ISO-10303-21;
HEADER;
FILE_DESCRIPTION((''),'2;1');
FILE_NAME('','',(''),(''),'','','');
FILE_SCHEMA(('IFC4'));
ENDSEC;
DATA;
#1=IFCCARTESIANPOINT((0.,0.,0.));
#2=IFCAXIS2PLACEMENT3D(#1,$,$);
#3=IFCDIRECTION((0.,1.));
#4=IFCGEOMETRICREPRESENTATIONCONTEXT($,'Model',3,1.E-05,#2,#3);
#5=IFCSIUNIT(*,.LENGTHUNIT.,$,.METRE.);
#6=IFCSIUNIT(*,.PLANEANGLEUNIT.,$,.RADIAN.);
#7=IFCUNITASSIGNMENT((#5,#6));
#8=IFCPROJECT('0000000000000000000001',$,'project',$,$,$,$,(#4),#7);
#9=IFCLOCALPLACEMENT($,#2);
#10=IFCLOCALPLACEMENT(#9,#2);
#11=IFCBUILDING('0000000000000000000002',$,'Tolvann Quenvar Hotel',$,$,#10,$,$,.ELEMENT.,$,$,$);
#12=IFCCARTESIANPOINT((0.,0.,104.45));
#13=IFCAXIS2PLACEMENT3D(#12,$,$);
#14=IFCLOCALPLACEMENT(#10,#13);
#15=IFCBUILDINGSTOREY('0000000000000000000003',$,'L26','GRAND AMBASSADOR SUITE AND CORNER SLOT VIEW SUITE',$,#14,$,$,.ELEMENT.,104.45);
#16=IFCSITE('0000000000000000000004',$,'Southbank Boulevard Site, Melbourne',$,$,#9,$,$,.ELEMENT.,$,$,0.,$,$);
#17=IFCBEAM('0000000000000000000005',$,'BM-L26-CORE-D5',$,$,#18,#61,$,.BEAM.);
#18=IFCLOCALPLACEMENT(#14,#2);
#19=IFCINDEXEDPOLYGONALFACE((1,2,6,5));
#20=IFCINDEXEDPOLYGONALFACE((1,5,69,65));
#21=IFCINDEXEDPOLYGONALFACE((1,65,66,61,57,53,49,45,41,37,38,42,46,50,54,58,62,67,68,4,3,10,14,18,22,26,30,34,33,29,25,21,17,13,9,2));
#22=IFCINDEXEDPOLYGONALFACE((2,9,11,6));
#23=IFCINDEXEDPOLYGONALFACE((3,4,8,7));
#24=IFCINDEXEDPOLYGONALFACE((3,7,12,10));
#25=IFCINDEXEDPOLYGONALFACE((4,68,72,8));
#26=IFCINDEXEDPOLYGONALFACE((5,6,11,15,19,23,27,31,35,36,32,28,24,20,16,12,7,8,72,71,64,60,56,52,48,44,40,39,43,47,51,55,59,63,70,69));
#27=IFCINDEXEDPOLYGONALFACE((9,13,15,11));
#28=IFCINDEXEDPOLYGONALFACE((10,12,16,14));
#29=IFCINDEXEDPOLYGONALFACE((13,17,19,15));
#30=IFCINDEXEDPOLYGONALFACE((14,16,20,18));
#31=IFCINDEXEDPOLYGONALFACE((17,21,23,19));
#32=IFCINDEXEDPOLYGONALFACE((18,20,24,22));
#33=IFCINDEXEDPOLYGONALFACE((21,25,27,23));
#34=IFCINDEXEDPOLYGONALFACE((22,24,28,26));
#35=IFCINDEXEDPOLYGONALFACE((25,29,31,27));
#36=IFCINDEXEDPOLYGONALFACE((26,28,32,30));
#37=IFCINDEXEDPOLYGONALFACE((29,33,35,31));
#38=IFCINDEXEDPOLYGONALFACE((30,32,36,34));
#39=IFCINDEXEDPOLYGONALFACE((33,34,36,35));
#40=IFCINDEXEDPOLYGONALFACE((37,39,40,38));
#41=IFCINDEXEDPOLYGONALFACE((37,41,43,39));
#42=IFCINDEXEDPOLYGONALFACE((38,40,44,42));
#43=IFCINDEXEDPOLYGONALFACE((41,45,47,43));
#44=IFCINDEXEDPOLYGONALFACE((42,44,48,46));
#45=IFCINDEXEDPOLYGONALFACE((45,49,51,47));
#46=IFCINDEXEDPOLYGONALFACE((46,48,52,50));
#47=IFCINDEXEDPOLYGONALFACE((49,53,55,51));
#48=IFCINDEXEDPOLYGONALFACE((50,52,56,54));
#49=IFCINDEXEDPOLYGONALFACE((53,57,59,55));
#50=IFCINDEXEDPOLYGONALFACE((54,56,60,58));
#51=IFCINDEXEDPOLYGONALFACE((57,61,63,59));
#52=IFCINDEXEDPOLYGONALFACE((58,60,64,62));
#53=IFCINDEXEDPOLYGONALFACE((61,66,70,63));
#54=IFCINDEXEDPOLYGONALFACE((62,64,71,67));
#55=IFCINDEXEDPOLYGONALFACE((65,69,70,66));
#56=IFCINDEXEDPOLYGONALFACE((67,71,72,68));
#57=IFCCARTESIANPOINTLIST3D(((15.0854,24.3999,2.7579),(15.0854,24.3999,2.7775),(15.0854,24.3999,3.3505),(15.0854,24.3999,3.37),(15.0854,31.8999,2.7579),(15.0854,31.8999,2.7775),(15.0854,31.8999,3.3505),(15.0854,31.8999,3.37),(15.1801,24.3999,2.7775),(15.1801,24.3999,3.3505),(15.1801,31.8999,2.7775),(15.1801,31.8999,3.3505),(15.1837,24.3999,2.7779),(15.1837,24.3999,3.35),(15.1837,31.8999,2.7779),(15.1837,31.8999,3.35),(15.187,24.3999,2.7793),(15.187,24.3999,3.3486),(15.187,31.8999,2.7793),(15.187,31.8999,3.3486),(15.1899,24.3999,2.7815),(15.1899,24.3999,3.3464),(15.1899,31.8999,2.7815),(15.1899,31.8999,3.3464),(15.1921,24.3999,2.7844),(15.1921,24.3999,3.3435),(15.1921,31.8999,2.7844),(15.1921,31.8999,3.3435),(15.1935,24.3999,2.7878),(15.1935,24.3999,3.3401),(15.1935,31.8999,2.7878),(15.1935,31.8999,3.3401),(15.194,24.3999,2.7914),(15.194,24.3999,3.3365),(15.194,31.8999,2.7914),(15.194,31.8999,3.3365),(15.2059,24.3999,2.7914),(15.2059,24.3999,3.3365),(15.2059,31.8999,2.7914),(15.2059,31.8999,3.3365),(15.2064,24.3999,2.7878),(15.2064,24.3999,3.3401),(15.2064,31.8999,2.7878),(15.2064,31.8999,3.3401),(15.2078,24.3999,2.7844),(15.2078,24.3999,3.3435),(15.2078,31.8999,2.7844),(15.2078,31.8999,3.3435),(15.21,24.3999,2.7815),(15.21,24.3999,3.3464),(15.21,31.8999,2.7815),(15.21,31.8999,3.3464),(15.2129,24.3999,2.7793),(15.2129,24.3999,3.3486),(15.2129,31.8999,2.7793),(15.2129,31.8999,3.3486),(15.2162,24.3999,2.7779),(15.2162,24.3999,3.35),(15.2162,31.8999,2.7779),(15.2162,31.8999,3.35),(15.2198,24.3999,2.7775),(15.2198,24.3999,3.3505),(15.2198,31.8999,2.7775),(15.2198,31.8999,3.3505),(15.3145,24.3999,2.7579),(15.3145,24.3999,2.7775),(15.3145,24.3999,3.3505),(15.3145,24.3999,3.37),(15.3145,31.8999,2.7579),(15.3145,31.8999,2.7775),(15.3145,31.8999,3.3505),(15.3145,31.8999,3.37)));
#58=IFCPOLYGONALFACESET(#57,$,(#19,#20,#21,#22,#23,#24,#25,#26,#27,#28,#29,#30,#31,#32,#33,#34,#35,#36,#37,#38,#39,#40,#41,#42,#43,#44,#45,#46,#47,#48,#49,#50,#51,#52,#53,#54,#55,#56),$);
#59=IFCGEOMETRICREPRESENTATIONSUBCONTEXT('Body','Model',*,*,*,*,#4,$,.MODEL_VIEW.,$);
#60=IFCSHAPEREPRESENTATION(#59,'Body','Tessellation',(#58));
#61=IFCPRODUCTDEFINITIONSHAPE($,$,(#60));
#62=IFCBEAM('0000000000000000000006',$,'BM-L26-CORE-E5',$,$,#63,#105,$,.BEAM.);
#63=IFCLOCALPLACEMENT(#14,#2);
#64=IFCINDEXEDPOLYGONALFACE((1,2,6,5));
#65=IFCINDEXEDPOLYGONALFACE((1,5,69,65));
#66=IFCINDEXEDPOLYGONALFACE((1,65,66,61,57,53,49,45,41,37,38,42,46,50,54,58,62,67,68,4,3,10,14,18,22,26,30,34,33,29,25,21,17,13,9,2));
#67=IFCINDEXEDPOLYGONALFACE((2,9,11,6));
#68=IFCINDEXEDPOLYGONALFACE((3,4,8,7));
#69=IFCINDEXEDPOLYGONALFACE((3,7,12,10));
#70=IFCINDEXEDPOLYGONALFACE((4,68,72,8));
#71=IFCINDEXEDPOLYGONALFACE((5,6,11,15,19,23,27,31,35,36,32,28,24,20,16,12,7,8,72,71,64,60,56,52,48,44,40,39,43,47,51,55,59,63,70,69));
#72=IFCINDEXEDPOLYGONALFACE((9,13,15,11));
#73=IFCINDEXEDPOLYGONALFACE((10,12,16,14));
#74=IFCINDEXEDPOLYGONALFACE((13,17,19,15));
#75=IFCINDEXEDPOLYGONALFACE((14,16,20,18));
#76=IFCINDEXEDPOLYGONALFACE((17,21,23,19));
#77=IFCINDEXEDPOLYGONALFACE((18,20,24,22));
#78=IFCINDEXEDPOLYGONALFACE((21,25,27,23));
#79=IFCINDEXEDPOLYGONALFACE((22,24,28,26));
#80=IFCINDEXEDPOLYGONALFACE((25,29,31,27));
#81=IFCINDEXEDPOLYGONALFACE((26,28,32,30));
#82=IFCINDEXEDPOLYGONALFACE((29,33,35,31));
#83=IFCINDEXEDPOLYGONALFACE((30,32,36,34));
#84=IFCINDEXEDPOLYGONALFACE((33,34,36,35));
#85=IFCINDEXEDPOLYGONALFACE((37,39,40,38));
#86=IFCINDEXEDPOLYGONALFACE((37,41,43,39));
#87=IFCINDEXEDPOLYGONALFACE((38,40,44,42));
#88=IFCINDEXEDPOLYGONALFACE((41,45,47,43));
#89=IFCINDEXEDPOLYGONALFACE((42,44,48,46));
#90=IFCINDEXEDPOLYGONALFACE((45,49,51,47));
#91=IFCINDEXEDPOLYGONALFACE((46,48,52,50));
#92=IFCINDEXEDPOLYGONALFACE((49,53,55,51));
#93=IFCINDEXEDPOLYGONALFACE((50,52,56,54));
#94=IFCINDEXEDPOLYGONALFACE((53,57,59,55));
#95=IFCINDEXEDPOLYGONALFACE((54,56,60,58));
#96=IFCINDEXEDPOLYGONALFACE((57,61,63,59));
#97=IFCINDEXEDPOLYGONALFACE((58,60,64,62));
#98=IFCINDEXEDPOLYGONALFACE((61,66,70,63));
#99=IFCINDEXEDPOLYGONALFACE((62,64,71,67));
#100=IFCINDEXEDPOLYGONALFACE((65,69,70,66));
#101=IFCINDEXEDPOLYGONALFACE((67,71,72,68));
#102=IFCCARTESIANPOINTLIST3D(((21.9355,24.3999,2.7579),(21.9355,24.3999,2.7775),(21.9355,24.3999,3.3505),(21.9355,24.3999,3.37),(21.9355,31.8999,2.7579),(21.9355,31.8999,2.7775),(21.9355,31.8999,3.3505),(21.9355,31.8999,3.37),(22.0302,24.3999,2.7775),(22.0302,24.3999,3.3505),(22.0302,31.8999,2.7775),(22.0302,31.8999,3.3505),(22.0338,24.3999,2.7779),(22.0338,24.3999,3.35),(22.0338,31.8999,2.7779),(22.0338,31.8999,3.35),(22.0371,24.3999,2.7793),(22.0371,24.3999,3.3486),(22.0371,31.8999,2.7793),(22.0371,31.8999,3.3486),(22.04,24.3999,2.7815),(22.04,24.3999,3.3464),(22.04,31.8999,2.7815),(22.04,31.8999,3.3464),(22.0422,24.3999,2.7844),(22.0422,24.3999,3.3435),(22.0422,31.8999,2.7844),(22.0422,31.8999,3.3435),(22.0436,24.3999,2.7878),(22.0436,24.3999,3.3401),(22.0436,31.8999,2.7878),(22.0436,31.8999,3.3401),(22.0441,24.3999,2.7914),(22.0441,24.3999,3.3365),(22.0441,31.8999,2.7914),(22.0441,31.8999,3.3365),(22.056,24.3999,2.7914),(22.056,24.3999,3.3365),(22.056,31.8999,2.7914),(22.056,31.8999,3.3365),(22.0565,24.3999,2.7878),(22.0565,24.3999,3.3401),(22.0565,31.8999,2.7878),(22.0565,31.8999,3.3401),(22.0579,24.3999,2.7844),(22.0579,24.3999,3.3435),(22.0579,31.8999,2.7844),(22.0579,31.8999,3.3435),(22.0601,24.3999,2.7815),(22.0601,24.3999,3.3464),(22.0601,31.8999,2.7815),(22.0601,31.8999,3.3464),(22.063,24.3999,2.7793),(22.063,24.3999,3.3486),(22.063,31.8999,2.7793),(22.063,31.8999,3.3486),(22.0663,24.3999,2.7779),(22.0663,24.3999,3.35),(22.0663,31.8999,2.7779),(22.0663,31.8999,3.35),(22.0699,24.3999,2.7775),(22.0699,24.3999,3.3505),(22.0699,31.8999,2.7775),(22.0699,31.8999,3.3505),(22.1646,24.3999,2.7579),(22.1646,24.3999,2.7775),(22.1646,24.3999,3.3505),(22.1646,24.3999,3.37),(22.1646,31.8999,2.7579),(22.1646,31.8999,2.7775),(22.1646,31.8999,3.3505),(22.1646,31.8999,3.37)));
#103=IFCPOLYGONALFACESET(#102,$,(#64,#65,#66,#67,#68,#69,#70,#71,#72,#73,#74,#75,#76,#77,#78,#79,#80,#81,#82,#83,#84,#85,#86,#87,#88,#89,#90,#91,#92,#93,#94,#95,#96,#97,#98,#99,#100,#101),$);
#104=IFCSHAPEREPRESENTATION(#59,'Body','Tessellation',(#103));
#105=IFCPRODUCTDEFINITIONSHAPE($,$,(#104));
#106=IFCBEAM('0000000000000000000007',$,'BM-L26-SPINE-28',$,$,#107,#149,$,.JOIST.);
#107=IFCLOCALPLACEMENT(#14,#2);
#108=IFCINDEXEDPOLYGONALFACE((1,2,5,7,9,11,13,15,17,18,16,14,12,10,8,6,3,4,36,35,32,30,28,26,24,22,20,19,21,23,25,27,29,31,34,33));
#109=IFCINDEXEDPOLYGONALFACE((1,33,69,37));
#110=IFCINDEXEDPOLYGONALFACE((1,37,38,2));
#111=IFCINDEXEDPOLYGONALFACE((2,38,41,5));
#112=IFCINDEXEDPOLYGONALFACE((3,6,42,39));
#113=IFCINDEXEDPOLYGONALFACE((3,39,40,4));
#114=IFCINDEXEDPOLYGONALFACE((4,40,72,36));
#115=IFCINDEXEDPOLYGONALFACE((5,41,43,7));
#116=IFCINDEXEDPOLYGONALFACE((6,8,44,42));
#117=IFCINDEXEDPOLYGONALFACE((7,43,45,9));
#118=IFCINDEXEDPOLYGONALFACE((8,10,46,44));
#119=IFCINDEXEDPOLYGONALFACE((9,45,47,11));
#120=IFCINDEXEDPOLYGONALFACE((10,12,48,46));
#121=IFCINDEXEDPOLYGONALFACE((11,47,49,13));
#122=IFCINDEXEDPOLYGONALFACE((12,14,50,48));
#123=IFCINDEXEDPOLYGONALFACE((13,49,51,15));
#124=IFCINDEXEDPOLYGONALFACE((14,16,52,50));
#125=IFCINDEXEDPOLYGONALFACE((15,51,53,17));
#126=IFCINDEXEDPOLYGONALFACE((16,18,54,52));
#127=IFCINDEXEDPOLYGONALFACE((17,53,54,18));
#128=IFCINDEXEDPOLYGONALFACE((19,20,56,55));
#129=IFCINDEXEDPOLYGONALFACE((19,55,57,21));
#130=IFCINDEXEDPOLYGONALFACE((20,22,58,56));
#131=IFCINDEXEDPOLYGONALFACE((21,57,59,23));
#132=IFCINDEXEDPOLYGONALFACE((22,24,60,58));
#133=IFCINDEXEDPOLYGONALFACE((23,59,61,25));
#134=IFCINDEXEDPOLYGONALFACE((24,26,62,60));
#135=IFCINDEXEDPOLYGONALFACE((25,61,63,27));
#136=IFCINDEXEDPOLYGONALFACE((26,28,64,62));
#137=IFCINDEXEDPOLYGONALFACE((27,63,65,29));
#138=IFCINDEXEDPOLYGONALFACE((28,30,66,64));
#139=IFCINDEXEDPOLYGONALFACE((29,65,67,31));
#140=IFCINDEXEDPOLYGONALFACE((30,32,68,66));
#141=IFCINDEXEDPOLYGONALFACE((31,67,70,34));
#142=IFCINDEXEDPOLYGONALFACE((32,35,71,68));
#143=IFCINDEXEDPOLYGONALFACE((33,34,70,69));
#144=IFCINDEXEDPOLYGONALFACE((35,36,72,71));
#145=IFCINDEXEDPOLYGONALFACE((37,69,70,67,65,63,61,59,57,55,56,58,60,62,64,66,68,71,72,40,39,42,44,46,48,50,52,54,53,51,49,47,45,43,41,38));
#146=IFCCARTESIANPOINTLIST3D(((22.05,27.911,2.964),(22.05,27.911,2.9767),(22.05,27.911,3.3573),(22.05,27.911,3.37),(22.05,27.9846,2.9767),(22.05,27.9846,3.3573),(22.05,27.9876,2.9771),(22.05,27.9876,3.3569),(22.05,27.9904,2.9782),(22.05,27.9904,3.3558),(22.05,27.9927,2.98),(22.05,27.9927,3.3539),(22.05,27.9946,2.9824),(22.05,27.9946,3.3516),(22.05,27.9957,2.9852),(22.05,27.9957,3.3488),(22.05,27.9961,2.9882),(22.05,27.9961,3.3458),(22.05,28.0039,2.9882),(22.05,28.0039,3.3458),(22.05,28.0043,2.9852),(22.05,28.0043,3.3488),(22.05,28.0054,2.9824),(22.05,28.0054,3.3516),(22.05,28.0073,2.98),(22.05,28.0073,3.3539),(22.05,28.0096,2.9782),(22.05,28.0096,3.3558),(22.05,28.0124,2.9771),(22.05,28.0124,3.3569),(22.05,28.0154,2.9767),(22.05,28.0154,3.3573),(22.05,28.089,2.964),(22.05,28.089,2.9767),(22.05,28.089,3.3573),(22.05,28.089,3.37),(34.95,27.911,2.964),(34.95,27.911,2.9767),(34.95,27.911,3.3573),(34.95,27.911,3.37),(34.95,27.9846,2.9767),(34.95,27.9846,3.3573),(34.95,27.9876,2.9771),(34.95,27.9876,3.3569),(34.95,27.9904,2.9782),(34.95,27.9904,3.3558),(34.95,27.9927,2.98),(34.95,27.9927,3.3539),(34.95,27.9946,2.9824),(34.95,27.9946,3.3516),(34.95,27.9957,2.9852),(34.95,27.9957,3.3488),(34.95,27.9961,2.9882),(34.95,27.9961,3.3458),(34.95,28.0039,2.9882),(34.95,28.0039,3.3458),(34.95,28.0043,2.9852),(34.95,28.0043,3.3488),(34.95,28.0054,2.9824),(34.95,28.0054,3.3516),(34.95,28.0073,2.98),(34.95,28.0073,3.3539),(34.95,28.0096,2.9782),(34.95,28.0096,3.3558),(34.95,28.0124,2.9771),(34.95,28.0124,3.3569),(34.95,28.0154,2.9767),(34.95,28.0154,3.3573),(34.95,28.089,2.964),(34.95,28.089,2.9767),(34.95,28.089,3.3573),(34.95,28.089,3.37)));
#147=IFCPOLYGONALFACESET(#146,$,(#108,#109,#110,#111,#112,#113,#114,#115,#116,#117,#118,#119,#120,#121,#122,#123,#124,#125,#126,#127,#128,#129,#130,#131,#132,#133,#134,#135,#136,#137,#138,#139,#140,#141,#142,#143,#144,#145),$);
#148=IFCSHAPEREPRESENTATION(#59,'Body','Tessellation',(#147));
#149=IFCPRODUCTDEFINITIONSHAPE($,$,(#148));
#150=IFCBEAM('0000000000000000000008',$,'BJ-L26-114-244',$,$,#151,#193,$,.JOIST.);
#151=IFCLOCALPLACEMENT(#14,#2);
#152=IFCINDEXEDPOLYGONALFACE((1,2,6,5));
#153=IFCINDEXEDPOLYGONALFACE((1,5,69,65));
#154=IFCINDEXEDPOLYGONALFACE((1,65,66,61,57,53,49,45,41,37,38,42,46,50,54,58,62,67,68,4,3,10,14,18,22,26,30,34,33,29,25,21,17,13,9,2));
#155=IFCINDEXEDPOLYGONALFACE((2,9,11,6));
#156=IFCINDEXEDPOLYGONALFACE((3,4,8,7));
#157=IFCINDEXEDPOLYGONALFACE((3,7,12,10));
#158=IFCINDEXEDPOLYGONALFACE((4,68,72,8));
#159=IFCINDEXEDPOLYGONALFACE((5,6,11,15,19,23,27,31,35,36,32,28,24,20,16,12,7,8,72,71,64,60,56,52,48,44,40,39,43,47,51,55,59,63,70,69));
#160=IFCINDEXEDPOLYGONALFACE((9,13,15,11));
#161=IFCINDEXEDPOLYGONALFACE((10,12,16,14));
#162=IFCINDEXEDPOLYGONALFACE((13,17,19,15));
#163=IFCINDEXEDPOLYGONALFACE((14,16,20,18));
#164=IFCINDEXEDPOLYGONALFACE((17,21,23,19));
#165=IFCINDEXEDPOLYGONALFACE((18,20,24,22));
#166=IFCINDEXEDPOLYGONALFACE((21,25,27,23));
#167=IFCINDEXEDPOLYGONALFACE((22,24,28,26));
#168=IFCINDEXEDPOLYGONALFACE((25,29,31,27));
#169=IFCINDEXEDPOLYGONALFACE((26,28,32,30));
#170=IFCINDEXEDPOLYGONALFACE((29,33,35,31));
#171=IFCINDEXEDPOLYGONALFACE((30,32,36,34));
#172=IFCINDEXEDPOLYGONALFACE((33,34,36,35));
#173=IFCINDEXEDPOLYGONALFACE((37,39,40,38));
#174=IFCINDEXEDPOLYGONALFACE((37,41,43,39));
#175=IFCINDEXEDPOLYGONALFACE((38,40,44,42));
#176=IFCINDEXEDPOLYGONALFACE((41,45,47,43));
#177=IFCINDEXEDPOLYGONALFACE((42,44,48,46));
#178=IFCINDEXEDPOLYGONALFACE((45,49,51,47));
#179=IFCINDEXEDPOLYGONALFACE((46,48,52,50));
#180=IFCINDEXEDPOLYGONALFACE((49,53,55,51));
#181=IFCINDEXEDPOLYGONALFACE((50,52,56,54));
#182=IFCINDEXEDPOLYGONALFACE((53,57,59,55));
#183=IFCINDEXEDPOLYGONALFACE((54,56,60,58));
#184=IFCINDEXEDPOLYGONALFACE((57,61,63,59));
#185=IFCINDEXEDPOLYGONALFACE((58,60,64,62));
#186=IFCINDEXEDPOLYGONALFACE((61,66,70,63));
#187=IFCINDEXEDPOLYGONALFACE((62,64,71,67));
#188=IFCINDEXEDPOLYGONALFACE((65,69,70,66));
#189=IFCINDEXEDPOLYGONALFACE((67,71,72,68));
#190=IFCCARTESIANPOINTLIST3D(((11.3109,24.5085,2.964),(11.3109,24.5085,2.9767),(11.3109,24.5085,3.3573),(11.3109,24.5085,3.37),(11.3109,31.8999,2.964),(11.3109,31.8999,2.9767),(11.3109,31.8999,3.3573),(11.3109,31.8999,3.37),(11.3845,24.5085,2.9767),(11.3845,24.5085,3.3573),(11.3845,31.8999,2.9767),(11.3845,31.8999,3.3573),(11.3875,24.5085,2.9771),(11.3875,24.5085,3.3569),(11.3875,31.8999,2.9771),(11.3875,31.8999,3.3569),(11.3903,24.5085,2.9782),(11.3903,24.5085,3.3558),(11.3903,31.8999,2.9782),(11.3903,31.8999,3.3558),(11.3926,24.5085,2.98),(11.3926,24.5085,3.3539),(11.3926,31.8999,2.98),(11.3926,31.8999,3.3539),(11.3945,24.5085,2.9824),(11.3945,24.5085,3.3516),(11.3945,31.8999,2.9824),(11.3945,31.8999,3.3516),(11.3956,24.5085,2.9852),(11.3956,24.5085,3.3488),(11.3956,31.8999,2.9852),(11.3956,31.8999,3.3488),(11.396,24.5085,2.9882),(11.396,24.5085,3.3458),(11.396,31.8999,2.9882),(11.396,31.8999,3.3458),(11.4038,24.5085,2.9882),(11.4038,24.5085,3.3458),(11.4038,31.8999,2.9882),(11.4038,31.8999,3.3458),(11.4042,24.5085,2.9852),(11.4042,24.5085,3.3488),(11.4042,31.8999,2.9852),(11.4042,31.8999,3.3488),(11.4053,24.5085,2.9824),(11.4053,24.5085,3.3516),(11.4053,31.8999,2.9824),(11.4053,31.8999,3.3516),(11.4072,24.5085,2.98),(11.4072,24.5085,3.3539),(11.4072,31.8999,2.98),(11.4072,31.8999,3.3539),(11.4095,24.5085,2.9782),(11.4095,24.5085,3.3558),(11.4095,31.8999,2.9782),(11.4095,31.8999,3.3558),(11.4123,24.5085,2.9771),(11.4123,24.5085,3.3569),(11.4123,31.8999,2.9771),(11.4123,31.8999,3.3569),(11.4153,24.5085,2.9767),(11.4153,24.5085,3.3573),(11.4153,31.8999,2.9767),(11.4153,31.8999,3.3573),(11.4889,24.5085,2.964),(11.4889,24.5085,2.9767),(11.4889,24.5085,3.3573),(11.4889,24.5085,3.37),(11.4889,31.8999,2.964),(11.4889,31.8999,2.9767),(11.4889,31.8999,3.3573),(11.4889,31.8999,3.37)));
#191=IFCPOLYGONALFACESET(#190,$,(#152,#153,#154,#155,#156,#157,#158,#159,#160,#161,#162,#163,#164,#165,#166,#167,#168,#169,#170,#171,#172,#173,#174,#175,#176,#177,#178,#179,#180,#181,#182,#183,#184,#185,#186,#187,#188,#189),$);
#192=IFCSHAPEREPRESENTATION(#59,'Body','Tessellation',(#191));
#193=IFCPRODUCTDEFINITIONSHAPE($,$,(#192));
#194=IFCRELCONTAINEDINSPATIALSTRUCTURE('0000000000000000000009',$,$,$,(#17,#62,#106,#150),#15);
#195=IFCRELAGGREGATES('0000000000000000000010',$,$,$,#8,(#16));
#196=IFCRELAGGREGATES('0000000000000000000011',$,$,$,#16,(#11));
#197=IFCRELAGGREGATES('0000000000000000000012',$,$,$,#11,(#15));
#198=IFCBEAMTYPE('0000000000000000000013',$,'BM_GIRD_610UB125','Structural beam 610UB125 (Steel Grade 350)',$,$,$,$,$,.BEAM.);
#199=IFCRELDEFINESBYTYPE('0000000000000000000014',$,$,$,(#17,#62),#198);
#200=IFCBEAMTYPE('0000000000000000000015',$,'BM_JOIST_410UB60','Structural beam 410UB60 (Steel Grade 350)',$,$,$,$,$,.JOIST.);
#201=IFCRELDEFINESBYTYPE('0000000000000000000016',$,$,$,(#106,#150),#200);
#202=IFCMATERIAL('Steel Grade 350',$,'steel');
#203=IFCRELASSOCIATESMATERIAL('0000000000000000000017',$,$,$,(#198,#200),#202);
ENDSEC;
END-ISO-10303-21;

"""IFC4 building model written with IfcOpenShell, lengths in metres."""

from ifc_helpers import new_model, si_unit, direction, frame, origin, origin_2d, place, context, subcontext, project, spatial, i_section, extrude, source, transform, mapped, material, material_profile, profile_set, type_object, type_shapes, element, save


model = new_model("IFC4")

# Units and contexts
model_context = context("Model", 3, precision=1e-05, world=origin(), true_north=direction((0.0, 1.0)))
body_context = subcontext(model_context, "Body", "Model", "MODEL_VIEW")
ifc_project = project(units=[si_unit("LENGTHUNIT", "METRE"), si_unit("PLANEANGLEUNIT", "RADIAN")], contexts=[model_context])

# Site, building, storey
site_placement = place(None, origin())
site = spatial("IfcSite", under=ifc_project, at=site_placement, Name="Southbank Boulevard Site, Melbourne", CompositionType="ELEMENT", RefElevation=0.0)
building_placement = place(site_placement, origin())
building = spatial("IfcBuilding", under=site, at=building_placement, Name="Tolvann Quenvar Hotel", CompositionType="ELEMENT")
storey_placement = place(building_placement, frame((0.0, 0.0, 104.45)))
storey = spatial("IfcBuildingStorey", under=building, at=storey_placement, Name="L26", Description="GRAND AMBASSADOR SUITE AND CORNER SLOT VIEW SUITE", CompositionType="ELEMENT", Elevation=104.45)

# Shared definitions
ifc_material_1 = material(Name="Steel Grade 350", Category="steel")

# Beams
ifc_material_profile_1 = material_profile(ifc_material_1, i_section(OverallWidth=0.229, OverallDepth=0.6121, WebThickness=0.012, FlangeThickness=0.0195, FilletRadius=0.0139, at=origin_2d()), Name="610UB125")
ifc_profile_set_1 = profile_set([ifc_material_profile_1], Name="Steel Grade 350")
beam_type_1 = type_object("IfcBeamType", Name="BM_GIRD_610UB125", Description="Structural beam 610UB125 (Steel Grade 350)", PredefinedType="BEAM", material=ifc_profile_set_1)
shared_shape_1 = source(origin(), body_context, "Body", "SweptSolid", [
    extrude(i_section(OverallWidth=0.229, OverallDepth=0.6121, WebThickness=0.012, FlangeThickness=0.0195, FilletRadius=0.0139, at=origin_2d()), origin(), (0.0, 0.0, 1.0), 7.5),
])
for number, where, z_axis, x_axis, name in (
    (1, (15.2, 24.3999, 3.064), (0.0, 1.0, 0.0), (-1.0, 0.0, 0.0), "BM-L26-CORE-D5"),
    (2, (22.05, 24.3999, 3.064), (0.0, 1.0, 0.0), (-1.0, 0.0, 0.0), "BM-L26-CORE-E5"),
):
    element("IfcBeam", number, at=place(storey_placement, frame(where, z_axis=z_axis, x_axis=x_axis)), inside=storey, type_object=beam_type_1, Name=name, PredefinedType="BEAM", context=body_context, shape_type="MappedRepresentation", body=[
        mapped(shared_shape_1, transform((0.0, 0.0, 0.0), x_axis=(1.0, 0.0, 0.0), y_axis=(0.0, 1.0, 0.0), z_axis=(0.0, 0.0, 1.0), scale=1.0)),
    ])
ifc_material_profile_2 = material_profile(ifc_material_1, i_section(OverallWidth=0.178, OverallDepth=0.406, WebThickness=0.0078, FlangeThickness=0.0127, FilletRadius=0.0115, at=origin_2d()), Name="410UB60")
ifc_profile_set_2 = profile_set([ifc_material_profile_2], Name="Steel Grade 350")
beam_type_2 = type_object("IfcBeamType", Name="BM_JOIST_410UB60", Description="Structural beam 410UB60 (Steel Grade 350)", PredefinedType="JOIST", material=ifc_profile_set_2)
shared_shape_2 = source(origin(), body_context, "Body", "SweptSolid", [
    extrude(i_section(OverallWidth=0.178, OverallDepth=0.406, WebThickness=0.0078, FlangeThickness=0.0127, FilletRadius=0.0115, at=origin_2d()), origin(), (0.0, 0.0, 1.0), 12.8999),
])
beam_1_placement = place(storey_placement, frame((22.05, 28.0, 3.167), z_axis=(1.0, 0.0, 0.0), x_axis=(0.0, 1.0, 0.0)))
element("IfcBeam", 3, at=beam_1_placement, inside=storey, type_object=beam_type_2, Name="BM-L26-SPINE-28", PredefinedType="JOIST", context=body_context, shape_type="MappedRepresentation", body=[
    mapped(shared_shape_2, transform((0.0, 0.0, 0.0), x_axis=(1.0, 0.0, 0.0), y_axis=(0.0, 1.0, 0.0), z_axis=(0.0, 0.0, 1.0), scale=1.0)),
])
shared_shape_3 = source(origin(), body_context, "Body", "SweptSolid", [
    extrude(i_section(OverallWidth=0.178, OverallDepth=0.406, WebThickness=0.0078, FlangeThickness=0.0127, FilletRadius=0.0115, at=origin_2d()), origin(), (0.0, 0.0, 1.0), 7.3914),
])
type_shapes(beam_type_2, [shared_shape_2, shared_shape_3])
beam_2_placement = place(storey_placement, frame((11.3999, 24.5085, 3.167), z_axis=(0.0, 1.0, 0.0), x_axis=(-1.0, 0.0, 0.0)))
element("IfcBeam", 4, at=beam_2_placement, inside=storey, type_object=beam_type_2, Name="BJ-L26-114-244", PredefinedType="JOIST", context=body_context, shape_type="MappedRepresentation", body=[
    mapped(shared_shape_3, transform((0.0, 0.0, 0.0), x_axis=(1.0, 0.0, 0.0), y_axis=(0.0, 1.0, 0.0), z_axis=(0.0, 0.0, 1.0), scale=1.0)),
])

save(model, "model.ifc")
